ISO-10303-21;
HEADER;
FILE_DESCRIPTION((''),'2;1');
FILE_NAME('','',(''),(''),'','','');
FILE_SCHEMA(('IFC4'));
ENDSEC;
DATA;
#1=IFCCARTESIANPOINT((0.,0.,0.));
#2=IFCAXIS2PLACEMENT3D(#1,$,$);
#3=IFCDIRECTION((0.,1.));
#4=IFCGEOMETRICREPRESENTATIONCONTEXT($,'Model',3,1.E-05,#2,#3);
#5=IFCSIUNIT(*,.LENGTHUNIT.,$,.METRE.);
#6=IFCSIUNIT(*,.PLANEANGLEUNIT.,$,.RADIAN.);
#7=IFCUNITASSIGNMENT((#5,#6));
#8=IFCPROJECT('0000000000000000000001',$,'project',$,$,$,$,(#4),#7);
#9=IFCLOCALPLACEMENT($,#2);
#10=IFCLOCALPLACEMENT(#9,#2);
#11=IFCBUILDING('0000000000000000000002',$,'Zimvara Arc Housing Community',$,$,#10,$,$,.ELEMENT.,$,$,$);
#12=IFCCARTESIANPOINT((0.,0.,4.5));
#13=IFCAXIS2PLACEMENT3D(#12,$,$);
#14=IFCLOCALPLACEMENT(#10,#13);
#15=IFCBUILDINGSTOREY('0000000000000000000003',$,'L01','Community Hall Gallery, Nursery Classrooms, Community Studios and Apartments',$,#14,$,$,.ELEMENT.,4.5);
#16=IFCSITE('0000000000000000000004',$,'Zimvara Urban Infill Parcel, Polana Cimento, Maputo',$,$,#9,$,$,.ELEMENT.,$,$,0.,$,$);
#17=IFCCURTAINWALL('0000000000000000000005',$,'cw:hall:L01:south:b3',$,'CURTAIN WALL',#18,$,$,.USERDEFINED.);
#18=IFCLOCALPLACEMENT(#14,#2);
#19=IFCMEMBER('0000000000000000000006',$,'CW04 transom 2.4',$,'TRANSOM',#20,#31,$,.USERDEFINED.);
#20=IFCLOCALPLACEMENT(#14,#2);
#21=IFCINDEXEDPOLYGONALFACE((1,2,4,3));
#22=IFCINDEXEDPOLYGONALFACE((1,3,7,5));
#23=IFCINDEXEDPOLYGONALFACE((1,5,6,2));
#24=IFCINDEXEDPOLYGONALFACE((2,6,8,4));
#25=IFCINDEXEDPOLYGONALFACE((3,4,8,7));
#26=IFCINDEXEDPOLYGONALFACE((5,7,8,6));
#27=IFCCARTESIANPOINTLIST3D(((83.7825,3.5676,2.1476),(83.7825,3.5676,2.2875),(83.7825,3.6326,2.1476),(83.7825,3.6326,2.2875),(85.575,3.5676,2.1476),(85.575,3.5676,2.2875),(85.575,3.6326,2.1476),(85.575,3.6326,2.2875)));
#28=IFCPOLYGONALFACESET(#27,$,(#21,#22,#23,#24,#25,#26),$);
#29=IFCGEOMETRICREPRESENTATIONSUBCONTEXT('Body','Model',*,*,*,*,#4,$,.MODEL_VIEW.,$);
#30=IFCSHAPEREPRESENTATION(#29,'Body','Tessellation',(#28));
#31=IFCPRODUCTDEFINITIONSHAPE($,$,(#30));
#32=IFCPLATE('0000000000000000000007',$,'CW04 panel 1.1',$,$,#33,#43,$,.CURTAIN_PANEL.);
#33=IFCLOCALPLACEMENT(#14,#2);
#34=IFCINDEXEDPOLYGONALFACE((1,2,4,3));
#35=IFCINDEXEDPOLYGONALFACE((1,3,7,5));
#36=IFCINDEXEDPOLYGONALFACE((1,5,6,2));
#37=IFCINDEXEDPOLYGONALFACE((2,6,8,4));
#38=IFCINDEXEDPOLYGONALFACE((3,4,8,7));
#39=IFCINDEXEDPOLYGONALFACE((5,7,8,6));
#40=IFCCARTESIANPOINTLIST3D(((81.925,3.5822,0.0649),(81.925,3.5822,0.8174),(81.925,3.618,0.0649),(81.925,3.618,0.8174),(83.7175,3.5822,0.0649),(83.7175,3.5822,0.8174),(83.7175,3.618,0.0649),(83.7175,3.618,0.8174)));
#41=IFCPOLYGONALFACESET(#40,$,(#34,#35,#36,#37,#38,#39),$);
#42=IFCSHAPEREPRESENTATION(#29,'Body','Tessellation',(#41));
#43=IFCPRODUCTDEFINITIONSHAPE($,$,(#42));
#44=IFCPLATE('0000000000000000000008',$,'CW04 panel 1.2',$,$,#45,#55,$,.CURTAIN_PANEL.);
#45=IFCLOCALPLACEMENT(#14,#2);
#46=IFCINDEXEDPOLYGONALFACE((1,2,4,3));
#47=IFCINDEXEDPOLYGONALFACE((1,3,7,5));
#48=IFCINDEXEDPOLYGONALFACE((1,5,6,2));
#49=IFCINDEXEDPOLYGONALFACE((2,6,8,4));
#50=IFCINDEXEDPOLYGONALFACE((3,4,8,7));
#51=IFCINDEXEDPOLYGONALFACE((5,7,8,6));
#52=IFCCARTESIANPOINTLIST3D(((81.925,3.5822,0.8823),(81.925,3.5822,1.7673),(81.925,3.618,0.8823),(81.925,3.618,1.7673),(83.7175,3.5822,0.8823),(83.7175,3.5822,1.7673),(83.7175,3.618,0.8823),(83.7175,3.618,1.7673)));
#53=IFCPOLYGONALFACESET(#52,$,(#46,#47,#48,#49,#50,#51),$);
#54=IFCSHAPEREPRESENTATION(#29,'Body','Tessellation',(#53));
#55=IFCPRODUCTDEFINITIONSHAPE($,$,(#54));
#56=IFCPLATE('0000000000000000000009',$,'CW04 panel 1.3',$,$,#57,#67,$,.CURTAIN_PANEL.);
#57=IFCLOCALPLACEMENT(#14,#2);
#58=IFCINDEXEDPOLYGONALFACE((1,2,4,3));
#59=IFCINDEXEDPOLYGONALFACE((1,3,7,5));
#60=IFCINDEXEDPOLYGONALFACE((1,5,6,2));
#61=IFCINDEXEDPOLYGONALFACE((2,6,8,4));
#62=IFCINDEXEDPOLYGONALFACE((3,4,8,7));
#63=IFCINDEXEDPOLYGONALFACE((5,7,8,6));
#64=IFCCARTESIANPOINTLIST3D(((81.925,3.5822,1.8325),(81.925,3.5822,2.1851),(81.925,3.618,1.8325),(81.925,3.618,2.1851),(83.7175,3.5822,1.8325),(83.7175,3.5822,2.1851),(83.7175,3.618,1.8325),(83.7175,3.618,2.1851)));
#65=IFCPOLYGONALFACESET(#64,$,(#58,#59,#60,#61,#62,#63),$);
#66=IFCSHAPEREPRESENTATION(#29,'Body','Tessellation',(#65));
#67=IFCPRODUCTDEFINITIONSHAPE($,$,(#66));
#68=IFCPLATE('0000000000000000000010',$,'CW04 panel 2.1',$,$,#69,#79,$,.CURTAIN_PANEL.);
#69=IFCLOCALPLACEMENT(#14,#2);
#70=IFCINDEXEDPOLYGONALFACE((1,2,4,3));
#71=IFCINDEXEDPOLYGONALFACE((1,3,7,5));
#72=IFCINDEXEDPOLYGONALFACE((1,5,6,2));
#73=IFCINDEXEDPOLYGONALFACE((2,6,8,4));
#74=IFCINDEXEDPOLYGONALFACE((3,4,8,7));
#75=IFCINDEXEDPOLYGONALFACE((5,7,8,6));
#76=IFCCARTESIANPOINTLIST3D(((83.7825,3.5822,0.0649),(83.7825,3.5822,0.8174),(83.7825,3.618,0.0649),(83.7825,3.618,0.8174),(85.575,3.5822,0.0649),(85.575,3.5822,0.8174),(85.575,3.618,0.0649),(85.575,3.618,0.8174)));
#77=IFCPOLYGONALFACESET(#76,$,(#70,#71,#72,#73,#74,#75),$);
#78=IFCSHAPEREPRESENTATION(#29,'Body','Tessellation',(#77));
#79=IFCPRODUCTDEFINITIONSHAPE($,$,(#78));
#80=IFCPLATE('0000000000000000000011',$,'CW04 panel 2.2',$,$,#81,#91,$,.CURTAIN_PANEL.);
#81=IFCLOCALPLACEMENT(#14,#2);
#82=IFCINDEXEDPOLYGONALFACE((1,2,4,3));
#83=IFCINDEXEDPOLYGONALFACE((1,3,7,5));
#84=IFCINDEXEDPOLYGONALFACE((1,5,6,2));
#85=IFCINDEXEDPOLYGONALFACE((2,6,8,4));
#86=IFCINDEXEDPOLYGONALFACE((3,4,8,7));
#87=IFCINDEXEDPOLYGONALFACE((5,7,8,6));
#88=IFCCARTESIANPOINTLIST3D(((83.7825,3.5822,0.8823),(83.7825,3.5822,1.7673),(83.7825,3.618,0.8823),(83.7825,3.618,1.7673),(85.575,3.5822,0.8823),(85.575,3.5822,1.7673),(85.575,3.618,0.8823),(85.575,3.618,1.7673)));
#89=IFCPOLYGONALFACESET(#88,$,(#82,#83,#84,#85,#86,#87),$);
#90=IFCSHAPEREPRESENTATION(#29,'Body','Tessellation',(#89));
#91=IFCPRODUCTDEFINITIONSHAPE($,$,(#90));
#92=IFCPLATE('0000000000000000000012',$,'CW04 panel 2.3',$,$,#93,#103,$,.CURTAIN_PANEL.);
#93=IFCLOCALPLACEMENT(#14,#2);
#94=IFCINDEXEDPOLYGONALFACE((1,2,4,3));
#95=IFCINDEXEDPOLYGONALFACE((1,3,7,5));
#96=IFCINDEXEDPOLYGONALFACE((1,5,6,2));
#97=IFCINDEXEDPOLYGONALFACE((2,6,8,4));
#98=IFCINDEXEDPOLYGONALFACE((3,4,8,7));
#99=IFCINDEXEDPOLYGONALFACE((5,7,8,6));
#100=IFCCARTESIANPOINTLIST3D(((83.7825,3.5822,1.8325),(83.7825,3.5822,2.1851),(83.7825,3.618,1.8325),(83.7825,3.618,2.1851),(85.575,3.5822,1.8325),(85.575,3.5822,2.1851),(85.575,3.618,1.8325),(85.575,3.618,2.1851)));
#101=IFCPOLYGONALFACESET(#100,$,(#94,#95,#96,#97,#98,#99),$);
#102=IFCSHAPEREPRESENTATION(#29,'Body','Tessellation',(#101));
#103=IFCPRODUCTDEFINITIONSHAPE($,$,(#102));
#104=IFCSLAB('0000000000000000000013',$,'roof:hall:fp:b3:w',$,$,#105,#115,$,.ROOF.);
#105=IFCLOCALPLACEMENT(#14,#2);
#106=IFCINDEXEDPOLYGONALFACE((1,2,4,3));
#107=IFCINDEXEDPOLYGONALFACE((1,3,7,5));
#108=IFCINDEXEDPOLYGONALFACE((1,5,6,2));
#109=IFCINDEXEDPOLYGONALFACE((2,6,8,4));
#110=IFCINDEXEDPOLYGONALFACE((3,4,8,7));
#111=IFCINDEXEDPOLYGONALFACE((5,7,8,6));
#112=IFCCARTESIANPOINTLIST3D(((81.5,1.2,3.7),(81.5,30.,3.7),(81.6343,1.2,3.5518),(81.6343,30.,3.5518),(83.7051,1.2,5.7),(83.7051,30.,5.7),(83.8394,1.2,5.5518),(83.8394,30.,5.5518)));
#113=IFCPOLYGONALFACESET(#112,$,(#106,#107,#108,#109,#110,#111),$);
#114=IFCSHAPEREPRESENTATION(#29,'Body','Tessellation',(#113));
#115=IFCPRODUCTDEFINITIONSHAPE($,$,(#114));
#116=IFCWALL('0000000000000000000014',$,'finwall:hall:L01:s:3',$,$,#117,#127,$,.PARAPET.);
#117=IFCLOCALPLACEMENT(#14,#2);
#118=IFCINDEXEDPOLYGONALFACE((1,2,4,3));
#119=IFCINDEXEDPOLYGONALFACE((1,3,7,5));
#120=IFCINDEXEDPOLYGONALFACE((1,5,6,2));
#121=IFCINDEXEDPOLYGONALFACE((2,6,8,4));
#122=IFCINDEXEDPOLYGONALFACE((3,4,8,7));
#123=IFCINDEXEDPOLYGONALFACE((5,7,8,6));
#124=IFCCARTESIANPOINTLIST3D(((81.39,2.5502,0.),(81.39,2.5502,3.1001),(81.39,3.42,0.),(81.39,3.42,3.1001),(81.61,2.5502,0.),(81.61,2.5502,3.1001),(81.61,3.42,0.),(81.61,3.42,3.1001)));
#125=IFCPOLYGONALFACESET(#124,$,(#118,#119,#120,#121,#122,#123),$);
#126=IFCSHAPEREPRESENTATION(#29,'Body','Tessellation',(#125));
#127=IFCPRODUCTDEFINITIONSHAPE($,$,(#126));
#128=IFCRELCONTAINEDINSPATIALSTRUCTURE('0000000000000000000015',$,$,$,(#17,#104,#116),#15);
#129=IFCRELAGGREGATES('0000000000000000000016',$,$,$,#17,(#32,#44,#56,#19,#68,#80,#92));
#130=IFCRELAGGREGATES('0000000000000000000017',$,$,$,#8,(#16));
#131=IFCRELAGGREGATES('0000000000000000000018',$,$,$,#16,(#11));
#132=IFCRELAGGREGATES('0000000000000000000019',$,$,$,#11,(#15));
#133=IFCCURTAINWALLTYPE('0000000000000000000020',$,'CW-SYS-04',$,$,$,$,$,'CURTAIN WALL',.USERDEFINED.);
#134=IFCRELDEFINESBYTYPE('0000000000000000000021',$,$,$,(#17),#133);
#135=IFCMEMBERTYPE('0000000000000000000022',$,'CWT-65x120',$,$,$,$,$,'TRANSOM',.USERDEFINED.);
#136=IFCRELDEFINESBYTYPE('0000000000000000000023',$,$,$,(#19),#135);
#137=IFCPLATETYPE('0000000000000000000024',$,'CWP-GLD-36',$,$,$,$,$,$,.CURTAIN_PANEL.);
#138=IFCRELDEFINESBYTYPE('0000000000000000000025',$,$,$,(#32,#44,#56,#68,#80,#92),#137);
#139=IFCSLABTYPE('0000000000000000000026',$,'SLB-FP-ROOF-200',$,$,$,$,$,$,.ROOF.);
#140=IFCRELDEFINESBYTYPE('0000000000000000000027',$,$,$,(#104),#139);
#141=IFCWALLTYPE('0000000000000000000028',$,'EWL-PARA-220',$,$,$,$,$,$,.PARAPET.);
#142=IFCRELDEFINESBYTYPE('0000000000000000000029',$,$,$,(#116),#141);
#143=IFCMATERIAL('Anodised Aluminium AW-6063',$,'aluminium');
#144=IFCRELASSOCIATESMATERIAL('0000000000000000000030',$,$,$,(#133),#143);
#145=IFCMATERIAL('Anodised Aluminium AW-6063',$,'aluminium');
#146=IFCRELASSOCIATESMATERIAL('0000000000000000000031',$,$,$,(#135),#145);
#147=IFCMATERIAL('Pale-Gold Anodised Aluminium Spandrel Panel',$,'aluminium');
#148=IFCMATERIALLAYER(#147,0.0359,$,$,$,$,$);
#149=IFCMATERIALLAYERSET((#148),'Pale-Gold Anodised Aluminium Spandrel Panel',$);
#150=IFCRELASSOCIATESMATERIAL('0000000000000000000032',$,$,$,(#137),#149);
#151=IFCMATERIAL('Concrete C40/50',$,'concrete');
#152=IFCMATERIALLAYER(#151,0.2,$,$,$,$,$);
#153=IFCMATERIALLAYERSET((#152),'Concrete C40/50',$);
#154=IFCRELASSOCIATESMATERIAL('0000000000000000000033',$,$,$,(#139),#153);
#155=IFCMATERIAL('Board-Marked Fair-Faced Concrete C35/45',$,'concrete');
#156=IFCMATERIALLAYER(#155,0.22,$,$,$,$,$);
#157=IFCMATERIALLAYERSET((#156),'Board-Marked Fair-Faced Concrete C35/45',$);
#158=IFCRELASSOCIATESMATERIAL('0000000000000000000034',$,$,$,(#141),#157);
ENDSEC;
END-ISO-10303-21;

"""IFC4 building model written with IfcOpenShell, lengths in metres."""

from ifc_helpers import new_model, si_unit, direction, frame, frame_2d, origin, origin_2d, place, context, subcontext, project, spatial, polyline, rectangle, outline, extrude, material, layer, layer_set, material_profile, profile_set, type_object, element, aggregate, save


model = new_model("IFC4")

# Units and contexts
model_context = context("Model", 3, precision=1e-05, world=origin(), true_north=direction((0.0, 1.0)))
body_context = subcontext(model_context, "Body", "Model", "MODEL_VIEW")
ifc_project = project(units=[si_unit("LENGTHUNIT", "METRE"), si_unit("PLANEANGLEUNIT", "RADIAN")], contexts=[model_context])

# Site, building, storey
site_placement = place(None, origin())
site = spatial("IfcSite", under=ifc_project, at=site_placement, Name="Zimvara Urban Infill Parcel, Polana Cimento, Maputo", CompositionType="ELEMENT", RefElevation=0.0)
building_placement = place(site_placement, origin())
building = spatial("IfcBuilding", under=site, at=building_placement, Name="Zimvara Arc Housing Community", CompositionType="ELEMENT")
storey_placement = place(building_placement, frame((0.0, 0.0, 4.5)))
storey = spatial("IfcBuildingStorey", under=building, at=storey_placement, Name="L01", Description="Community Hall Gallery, Nursery Classrooms, Community Studios and Apartments", CompositionType="ELEMENT", Elevation=4.5)

# Curtain wall, member, plates
ifc_material_1 = material(Name="Anodised Aluminium AW-6063", Category="aluminium")
curtain_wall_type = type_object("IfcCurtainWallType", Name="CW-SYS-04", ElementType="CURTAIN WALL", PredefinedType="USERDEFINED", material=ifc_material_1)
curtain_wall_placement = place(storey_placement, origin())
curtain_wall = element("IfcCurtainWall", 1, at=curtain_wall_placement, inside=storey, type_object=curtain_wall_type, Name="cw:hall:L01:south:b3", ObjectType="CURTAIN WALL", PredefinedType="USERDEFINED")
ifc_material_2 = material(Name="Anodised Aluminium AW-6063", Category="aluminium")
ifc_material_profile_1 = material_profile(ifc_material_2, rectangle(XDim=0.0649, YDim=0.1399, at=origin_2d()), Name="ALU 65x140")
ifc_profile_set_1 = profile_set([ifc_material_profile_1], Name="Anodised Aluminium AW-6063")
member_type_1 = type_object("IfcMemberType", Name="CWT-65x120", ElementType="TRANSOM", PredefinedType="USERDEFINED", material=ifc_profile_set_1)
member_1_placement = place(storey_placement, frame((83.7825, 3.6001, 2.2175), z_axis=(1.0, 0.0, 0.0), x_axis=(0.0, 1.0, 0.0)))
member_1 = element("IfcMember", 2, at=member_1_placement, type_object=member_type_1, Name="CW04 transom 2.4", ObjectType="TRANSOM", PredefinedType="USERDEFINED", context=body_context, shape_type="SweptSolid", body=[
    extrude(rectangle(XDim=0.0649, YDim=0.1399, at=origin_2d()), origin(), (0.0, 0.0, 1.0), 1.7925),
])
ifc_material_3 = material(Name="Pale-Gold Anodised Aluminium Spandrel Panel", Category="aluminium")
ifc_layer_1 = layer(ifc_material_3, 0.0359)
ifc_layer_set_1 = layer_set([ifc_layer_1], Name="Pale-Gold Anodised Aluminium Spandrel Panel")
plate_type = type_object("IfcPlateType", Name="CWP-GLD-36", PredefinedType="CURTAIN_PANEL", material=ifc_layer_set_1)
plate_1_placement = place(storey_placement, frame((82.8213, 3.6001, 0.0649), z_axis=(0.0, 0.0, 1.0), x_axis=(1.0, 0.0, 0.0)))
plate_1 = element("IfcPlate", 3, at=plate_1_placement, type_object=plate_type, Name="CW04 panel 1.1", PredefinedType="CURTAIN_PANEL", context=body_context, shape_type="SweptSolid", body=[
    extrude(rectangle(XDim=1.7925, YDim=0.0359, at=origin_2d()), origin(), (0.0, 0.0, 1.0), 0.7524),
])
plate_2_placement = place(storey_placement, frame((82.8213, 3.6001, 0.8823), z_axis=(0.0, 0.0, 1.0), x_axis=(1.0, 0.0, 0.0)))
plate_2 = element("IfcPlate", 4, at=plate_2_placement, type_object=plate_type, Name="CW04 panel 1.2", PredefinedType="CURTAIN_PANEL", context=body_context, shape_type="SweptSolid", body=[
    extrude(rectangle(XDim=1.7925, YDim=0.0359, at=origin_2d()), origin(), (0.0, 0.0, 1.0), 0.885),
])
plate_3_placement = place(storey_placement, frame((82.8213, 3.6001, 1.8325), z_axis=(0.0, 0.0, 1.0), x_axis=(1.0, 0.0, 0.0)))
plate_3 = element("IfcPlate", 5, at=plate_3_placement, type_object=plate_type, Name="CW04 panel 1.3", PredefinedType="CURTAIN_PANEL", context=body_context, shape_type="SweptSolid", body=[
    extrude(rectangle(XDim=1.7925, YDim=0.0359, at=origin_2d()), origin(), (0.0, 0.0, 1.0), 0.3525),
])
plate_4_placement = place(storey_placement, frame((84.6787, 3.6001, 0.0649), z_axis=(0.0, 0.0, 1.0), x_axis=(1.0, 0.0, 0.0)))
plate_4 = element("IfcPlate", 6, at=plate_4_placement, type_object=plate_type, Name="CW04 panel 2.1", PredefinedType="CURTAIN_PANEL", context=body_context, shape_type="SweptSolid", body=[
    extrude(rectangle(XDim=1.7925, YDim=0.0359, at=origin_2d()), origin(), (0.0, 0.0, 1.0), 0.7524),
])
plate_5_placement = place(storey_placement, frame((84.6787, 3.6001, 0.8823), z_axis=(0.0, 0.0, 1.0), x_axis=(1.0, 0.0, 0.0)))
plate_5 = element("IfcPlate", 7, at=plate_5_placement, type_object=plate_type, Name="CW04 panel 2.2", PredefinedType="CURTAIN_PANEL", context=body_context, shape_type="SweptSolid", body=[
    extrude(rectangle(XDim=1.7925, YDim=0.0359, at=origin_2d()), origin(), (0.0, 0.0, 1.0), 0.885),
])
plate_6_placement = place(storey_placement, frame((84.6787, 3.6001, 1.8325), z_axis=(0.0, 0.0, 1.0), x_axis=(1.0, 0.0, 0.0)))
plate_6 = element("IfcPlate", 8, at=plate_6_placement, type_object=plate_type, Name="CW04 panel 2.3", PredefinedType="CURTAIN_PANEL", context=body_context, shape_type="SweptSolid", body=[
    extrude(rectangle(XDim=1.7925, YDim=0.0359, at=origin_2d()), origin(), (0.0, 0.0, 1.0), 0.3525),
])
aggregate(curtain_wall, [plate_1, plate_2, plate_3, member_1, plate_4, plate_5, plate_6])

# Slab
ifc_material_4 = material(Name="Concrete C40/50", Category="concrete")
ifc_layer_2 = layer(ifc_material_4, 0.2)
ifc_layer_set_2 = layer_set([ifc_layer_2], Name="Concrete C40/50")
slab_type = type_object("IfcSlabType", Name="SLB-FP-ROOF-200", PredefinedType="ROOF", material=ifc_layer_set_2)
slab_placement = place(storey_placement, frame((81.5, 1.2, 3.7), z_axis=(-0.671823, 0.0, 0.740711), x_axis=(0.740711, 0.0, 0.671823)))
element("IfcSlab", 9, at=slab_placement, inside=storey, type_object=slab_type, Name="roof:hall:fp:b3:w", PredefinedType="ROOF", context=body_context, shape_type="SweptSolid", body=[
    extrude(outline(polyline([(0.0, 0.0), (2.977, 0.0), (2.977, 28.8), (0.0, 28.8), (0.0, 0.0)])), origin(), (0.0, 0.0, -1.0), 0.2),
])

# Wall
ifc_material_5 = material(Name="Board-Marked Fair-Faced Concrete C35/45", Category="concrete")
ifc_layer_3 = layer(ifc_material_5, 0.22)
ifc_layer_set_3 = layer_set([ifc_layer_3], Name="Board-Marked Fair-Faced Concrete C35/45")
wall_type = type_object("IfcWallType", Name="EWL-PARA-220", PredefinedType="PARAPET", material=ifc_layer_set_3)
wall_placement = place(storey_placement, frame((81.5, 2.55, 0.0), z_axis=(0.0, 0.0, 1.0), x_axis=(0.0, 1.0, 0.0)))
element("IfcWall", 10, at=wall_placement, inside=storey, type_object=wall_type, Name="finwall:hall:L01:s:3", PredefinedType="PARAPET", context=body_context, shape_type="SweptSolid", body=[
    extrude(rectangle(XDim=0.8699, YDim=0.22, at=frame_2d((0.4351, 0.0))), origin(), (0.0, 0.0, 1.0), 3.1001),
])

save(model, "model.ifc")
